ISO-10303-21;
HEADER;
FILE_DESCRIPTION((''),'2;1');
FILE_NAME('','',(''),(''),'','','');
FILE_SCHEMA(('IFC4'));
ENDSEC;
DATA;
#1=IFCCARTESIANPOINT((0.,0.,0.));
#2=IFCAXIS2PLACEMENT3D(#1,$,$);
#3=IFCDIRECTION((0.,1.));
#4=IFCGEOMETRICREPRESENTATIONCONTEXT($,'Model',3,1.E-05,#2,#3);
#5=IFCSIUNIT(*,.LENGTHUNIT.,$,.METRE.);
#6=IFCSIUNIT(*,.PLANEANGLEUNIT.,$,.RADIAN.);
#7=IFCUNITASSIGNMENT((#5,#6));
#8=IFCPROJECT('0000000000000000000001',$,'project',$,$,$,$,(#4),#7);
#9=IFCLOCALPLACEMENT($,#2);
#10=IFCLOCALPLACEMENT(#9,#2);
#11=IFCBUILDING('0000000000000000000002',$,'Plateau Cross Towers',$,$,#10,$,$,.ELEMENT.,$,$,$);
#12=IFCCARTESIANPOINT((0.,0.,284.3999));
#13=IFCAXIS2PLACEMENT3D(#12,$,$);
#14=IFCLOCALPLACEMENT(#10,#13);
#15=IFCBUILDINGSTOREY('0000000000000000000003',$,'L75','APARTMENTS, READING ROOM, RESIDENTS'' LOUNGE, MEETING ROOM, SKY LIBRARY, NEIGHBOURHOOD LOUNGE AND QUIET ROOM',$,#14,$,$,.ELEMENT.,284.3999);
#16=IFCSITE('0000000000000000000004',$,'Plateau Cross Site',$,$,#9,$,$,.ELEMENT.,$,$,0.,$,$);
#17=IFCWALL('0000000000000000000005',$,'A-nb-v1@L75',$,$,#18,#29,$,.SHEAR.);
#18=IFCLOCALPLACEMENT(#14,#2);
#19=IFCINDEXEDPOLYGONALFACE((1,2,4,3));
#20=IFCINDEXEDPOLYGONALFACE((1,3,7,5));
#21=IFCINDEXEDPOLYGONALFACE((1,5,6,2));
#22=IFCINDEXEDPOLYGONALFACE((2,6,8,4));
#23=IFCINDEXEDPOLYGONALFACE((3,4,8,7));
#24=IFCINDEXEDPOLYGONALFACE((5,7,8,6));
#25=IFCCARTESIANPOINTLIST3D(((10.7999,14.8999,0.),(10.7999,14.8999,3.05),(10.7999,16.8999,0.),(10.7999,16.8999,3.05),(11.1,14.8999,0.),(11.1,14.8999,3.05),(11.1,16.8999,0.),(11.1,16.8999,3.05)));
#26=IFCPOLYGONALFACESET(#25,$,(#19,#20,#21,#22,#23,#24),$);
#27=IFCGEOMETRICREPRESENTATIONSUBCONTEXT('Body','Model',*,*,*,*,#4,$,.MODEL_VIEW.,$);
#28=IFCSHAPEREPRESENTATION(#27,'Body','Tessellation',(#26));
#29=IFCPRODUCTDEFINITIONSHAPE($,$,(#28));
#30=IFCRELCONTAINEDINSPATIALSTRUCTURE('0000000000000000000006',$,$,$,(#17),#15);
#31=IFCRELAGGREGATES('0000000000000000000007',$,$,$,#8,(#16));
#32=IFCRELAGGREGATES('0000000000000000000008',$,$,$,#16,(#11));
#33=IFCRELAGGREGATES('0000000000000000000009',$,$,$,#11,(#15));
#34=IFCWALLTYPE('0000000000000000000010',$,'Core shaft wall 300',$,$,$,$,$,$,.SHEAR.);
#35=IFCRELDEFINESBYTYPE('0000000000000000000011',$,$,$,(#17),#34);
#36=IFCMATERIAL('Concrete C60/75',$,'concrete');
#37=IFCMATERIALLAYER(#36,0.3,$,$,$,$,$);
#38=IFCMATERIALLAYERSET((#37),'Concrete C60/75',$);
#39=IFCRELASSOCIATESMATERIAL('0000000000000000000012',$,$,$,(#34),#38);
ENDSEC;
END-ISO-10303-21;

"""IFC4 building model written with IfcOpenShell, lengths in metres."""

from ifc_helpers import new_model, si_unit, direction, frame, frame_2d, origin, place, context, subcontext, project, spatial, rectangle, extrude, material, layer, layer_set, type_object, element, save


model = new_model("IFC4")

# Units and contexts
model_context = context("Model", 3, precision=1e-05, world=origin(), true_north=direction((0.0, 1.0)))
body_context = subcontext(model_context, "Body", "Model", "MODEL_VIEW")
ifc_project = project(units=[si_unit("LENGTHUNIT", "METRE"), si_unit("PLANEANGLEUNIT", "RADIAN")], contexts=[model_context])

# Site, building, storey
site_placement = place(None, origin())
site = spatial("IfcSite", under=ifc_project, at=site_placement, Name="Plateau Cross Site", CompositionType="ELEMENT", RefElevation=0.0)
building_placement = place(site_placement, origin())
building = spatial("IfcBuilding", under=site, at=building_placement, Name="Plateau Cross Towers", CompositionType="ELEMENT")
storey_placement = place(building_placement, frame((0.0, 0.0, 284.3999)))
storey = spatial("IfcBuildingStorey", under=building, at=storey_placement, Name="L75", Description="APARTMENTS, READING ROOM, RESIDENTS' LOUNGE, MEETING ROOM, SKY LIBRARY, NEIGHBOURHOOD LOUNGE AND QUIET ROOM", CompositionType="ELEMENT", Elevation=284.3999)

# Shared definitions
ifc_material_1 = material(Name="Concrete C60/75", Category="concrete")
ifc_layer_1 = layer(ifc_material_1, 0.3)
ifc_layer_set_1 = layer_set([ifc_layer_1], Name="Concrete C60/75")
wall_type_1 = type_object("IfcWallType", Name="Core shaft wall 300", PredefinedType="SHEAR", material=ifc_layer_set_1)

# Wall
wall_1_placement = place(storey_placement, frame((10.95, 14.8999, 0.0), z_axis=(0.0, 0.0, 1.0), x_axis=(0.0, 1.0, 0.0)))
element("IfcWall", 1, at=wall_1_placement, inside=storey, type_object=wall_type_1, Name="A-nb-v1@L75", PredefinedType="SHEAR", context=body_context, shape_type="SweptSolid", body=[
    extrude(rectangle(XDim=2.0, YDim=0.3, at=frame_2d((1.0, 0.0))), origin(), (0.0, 0.0, 1.0), 3.05),
])

save(model, "model.ifc")
